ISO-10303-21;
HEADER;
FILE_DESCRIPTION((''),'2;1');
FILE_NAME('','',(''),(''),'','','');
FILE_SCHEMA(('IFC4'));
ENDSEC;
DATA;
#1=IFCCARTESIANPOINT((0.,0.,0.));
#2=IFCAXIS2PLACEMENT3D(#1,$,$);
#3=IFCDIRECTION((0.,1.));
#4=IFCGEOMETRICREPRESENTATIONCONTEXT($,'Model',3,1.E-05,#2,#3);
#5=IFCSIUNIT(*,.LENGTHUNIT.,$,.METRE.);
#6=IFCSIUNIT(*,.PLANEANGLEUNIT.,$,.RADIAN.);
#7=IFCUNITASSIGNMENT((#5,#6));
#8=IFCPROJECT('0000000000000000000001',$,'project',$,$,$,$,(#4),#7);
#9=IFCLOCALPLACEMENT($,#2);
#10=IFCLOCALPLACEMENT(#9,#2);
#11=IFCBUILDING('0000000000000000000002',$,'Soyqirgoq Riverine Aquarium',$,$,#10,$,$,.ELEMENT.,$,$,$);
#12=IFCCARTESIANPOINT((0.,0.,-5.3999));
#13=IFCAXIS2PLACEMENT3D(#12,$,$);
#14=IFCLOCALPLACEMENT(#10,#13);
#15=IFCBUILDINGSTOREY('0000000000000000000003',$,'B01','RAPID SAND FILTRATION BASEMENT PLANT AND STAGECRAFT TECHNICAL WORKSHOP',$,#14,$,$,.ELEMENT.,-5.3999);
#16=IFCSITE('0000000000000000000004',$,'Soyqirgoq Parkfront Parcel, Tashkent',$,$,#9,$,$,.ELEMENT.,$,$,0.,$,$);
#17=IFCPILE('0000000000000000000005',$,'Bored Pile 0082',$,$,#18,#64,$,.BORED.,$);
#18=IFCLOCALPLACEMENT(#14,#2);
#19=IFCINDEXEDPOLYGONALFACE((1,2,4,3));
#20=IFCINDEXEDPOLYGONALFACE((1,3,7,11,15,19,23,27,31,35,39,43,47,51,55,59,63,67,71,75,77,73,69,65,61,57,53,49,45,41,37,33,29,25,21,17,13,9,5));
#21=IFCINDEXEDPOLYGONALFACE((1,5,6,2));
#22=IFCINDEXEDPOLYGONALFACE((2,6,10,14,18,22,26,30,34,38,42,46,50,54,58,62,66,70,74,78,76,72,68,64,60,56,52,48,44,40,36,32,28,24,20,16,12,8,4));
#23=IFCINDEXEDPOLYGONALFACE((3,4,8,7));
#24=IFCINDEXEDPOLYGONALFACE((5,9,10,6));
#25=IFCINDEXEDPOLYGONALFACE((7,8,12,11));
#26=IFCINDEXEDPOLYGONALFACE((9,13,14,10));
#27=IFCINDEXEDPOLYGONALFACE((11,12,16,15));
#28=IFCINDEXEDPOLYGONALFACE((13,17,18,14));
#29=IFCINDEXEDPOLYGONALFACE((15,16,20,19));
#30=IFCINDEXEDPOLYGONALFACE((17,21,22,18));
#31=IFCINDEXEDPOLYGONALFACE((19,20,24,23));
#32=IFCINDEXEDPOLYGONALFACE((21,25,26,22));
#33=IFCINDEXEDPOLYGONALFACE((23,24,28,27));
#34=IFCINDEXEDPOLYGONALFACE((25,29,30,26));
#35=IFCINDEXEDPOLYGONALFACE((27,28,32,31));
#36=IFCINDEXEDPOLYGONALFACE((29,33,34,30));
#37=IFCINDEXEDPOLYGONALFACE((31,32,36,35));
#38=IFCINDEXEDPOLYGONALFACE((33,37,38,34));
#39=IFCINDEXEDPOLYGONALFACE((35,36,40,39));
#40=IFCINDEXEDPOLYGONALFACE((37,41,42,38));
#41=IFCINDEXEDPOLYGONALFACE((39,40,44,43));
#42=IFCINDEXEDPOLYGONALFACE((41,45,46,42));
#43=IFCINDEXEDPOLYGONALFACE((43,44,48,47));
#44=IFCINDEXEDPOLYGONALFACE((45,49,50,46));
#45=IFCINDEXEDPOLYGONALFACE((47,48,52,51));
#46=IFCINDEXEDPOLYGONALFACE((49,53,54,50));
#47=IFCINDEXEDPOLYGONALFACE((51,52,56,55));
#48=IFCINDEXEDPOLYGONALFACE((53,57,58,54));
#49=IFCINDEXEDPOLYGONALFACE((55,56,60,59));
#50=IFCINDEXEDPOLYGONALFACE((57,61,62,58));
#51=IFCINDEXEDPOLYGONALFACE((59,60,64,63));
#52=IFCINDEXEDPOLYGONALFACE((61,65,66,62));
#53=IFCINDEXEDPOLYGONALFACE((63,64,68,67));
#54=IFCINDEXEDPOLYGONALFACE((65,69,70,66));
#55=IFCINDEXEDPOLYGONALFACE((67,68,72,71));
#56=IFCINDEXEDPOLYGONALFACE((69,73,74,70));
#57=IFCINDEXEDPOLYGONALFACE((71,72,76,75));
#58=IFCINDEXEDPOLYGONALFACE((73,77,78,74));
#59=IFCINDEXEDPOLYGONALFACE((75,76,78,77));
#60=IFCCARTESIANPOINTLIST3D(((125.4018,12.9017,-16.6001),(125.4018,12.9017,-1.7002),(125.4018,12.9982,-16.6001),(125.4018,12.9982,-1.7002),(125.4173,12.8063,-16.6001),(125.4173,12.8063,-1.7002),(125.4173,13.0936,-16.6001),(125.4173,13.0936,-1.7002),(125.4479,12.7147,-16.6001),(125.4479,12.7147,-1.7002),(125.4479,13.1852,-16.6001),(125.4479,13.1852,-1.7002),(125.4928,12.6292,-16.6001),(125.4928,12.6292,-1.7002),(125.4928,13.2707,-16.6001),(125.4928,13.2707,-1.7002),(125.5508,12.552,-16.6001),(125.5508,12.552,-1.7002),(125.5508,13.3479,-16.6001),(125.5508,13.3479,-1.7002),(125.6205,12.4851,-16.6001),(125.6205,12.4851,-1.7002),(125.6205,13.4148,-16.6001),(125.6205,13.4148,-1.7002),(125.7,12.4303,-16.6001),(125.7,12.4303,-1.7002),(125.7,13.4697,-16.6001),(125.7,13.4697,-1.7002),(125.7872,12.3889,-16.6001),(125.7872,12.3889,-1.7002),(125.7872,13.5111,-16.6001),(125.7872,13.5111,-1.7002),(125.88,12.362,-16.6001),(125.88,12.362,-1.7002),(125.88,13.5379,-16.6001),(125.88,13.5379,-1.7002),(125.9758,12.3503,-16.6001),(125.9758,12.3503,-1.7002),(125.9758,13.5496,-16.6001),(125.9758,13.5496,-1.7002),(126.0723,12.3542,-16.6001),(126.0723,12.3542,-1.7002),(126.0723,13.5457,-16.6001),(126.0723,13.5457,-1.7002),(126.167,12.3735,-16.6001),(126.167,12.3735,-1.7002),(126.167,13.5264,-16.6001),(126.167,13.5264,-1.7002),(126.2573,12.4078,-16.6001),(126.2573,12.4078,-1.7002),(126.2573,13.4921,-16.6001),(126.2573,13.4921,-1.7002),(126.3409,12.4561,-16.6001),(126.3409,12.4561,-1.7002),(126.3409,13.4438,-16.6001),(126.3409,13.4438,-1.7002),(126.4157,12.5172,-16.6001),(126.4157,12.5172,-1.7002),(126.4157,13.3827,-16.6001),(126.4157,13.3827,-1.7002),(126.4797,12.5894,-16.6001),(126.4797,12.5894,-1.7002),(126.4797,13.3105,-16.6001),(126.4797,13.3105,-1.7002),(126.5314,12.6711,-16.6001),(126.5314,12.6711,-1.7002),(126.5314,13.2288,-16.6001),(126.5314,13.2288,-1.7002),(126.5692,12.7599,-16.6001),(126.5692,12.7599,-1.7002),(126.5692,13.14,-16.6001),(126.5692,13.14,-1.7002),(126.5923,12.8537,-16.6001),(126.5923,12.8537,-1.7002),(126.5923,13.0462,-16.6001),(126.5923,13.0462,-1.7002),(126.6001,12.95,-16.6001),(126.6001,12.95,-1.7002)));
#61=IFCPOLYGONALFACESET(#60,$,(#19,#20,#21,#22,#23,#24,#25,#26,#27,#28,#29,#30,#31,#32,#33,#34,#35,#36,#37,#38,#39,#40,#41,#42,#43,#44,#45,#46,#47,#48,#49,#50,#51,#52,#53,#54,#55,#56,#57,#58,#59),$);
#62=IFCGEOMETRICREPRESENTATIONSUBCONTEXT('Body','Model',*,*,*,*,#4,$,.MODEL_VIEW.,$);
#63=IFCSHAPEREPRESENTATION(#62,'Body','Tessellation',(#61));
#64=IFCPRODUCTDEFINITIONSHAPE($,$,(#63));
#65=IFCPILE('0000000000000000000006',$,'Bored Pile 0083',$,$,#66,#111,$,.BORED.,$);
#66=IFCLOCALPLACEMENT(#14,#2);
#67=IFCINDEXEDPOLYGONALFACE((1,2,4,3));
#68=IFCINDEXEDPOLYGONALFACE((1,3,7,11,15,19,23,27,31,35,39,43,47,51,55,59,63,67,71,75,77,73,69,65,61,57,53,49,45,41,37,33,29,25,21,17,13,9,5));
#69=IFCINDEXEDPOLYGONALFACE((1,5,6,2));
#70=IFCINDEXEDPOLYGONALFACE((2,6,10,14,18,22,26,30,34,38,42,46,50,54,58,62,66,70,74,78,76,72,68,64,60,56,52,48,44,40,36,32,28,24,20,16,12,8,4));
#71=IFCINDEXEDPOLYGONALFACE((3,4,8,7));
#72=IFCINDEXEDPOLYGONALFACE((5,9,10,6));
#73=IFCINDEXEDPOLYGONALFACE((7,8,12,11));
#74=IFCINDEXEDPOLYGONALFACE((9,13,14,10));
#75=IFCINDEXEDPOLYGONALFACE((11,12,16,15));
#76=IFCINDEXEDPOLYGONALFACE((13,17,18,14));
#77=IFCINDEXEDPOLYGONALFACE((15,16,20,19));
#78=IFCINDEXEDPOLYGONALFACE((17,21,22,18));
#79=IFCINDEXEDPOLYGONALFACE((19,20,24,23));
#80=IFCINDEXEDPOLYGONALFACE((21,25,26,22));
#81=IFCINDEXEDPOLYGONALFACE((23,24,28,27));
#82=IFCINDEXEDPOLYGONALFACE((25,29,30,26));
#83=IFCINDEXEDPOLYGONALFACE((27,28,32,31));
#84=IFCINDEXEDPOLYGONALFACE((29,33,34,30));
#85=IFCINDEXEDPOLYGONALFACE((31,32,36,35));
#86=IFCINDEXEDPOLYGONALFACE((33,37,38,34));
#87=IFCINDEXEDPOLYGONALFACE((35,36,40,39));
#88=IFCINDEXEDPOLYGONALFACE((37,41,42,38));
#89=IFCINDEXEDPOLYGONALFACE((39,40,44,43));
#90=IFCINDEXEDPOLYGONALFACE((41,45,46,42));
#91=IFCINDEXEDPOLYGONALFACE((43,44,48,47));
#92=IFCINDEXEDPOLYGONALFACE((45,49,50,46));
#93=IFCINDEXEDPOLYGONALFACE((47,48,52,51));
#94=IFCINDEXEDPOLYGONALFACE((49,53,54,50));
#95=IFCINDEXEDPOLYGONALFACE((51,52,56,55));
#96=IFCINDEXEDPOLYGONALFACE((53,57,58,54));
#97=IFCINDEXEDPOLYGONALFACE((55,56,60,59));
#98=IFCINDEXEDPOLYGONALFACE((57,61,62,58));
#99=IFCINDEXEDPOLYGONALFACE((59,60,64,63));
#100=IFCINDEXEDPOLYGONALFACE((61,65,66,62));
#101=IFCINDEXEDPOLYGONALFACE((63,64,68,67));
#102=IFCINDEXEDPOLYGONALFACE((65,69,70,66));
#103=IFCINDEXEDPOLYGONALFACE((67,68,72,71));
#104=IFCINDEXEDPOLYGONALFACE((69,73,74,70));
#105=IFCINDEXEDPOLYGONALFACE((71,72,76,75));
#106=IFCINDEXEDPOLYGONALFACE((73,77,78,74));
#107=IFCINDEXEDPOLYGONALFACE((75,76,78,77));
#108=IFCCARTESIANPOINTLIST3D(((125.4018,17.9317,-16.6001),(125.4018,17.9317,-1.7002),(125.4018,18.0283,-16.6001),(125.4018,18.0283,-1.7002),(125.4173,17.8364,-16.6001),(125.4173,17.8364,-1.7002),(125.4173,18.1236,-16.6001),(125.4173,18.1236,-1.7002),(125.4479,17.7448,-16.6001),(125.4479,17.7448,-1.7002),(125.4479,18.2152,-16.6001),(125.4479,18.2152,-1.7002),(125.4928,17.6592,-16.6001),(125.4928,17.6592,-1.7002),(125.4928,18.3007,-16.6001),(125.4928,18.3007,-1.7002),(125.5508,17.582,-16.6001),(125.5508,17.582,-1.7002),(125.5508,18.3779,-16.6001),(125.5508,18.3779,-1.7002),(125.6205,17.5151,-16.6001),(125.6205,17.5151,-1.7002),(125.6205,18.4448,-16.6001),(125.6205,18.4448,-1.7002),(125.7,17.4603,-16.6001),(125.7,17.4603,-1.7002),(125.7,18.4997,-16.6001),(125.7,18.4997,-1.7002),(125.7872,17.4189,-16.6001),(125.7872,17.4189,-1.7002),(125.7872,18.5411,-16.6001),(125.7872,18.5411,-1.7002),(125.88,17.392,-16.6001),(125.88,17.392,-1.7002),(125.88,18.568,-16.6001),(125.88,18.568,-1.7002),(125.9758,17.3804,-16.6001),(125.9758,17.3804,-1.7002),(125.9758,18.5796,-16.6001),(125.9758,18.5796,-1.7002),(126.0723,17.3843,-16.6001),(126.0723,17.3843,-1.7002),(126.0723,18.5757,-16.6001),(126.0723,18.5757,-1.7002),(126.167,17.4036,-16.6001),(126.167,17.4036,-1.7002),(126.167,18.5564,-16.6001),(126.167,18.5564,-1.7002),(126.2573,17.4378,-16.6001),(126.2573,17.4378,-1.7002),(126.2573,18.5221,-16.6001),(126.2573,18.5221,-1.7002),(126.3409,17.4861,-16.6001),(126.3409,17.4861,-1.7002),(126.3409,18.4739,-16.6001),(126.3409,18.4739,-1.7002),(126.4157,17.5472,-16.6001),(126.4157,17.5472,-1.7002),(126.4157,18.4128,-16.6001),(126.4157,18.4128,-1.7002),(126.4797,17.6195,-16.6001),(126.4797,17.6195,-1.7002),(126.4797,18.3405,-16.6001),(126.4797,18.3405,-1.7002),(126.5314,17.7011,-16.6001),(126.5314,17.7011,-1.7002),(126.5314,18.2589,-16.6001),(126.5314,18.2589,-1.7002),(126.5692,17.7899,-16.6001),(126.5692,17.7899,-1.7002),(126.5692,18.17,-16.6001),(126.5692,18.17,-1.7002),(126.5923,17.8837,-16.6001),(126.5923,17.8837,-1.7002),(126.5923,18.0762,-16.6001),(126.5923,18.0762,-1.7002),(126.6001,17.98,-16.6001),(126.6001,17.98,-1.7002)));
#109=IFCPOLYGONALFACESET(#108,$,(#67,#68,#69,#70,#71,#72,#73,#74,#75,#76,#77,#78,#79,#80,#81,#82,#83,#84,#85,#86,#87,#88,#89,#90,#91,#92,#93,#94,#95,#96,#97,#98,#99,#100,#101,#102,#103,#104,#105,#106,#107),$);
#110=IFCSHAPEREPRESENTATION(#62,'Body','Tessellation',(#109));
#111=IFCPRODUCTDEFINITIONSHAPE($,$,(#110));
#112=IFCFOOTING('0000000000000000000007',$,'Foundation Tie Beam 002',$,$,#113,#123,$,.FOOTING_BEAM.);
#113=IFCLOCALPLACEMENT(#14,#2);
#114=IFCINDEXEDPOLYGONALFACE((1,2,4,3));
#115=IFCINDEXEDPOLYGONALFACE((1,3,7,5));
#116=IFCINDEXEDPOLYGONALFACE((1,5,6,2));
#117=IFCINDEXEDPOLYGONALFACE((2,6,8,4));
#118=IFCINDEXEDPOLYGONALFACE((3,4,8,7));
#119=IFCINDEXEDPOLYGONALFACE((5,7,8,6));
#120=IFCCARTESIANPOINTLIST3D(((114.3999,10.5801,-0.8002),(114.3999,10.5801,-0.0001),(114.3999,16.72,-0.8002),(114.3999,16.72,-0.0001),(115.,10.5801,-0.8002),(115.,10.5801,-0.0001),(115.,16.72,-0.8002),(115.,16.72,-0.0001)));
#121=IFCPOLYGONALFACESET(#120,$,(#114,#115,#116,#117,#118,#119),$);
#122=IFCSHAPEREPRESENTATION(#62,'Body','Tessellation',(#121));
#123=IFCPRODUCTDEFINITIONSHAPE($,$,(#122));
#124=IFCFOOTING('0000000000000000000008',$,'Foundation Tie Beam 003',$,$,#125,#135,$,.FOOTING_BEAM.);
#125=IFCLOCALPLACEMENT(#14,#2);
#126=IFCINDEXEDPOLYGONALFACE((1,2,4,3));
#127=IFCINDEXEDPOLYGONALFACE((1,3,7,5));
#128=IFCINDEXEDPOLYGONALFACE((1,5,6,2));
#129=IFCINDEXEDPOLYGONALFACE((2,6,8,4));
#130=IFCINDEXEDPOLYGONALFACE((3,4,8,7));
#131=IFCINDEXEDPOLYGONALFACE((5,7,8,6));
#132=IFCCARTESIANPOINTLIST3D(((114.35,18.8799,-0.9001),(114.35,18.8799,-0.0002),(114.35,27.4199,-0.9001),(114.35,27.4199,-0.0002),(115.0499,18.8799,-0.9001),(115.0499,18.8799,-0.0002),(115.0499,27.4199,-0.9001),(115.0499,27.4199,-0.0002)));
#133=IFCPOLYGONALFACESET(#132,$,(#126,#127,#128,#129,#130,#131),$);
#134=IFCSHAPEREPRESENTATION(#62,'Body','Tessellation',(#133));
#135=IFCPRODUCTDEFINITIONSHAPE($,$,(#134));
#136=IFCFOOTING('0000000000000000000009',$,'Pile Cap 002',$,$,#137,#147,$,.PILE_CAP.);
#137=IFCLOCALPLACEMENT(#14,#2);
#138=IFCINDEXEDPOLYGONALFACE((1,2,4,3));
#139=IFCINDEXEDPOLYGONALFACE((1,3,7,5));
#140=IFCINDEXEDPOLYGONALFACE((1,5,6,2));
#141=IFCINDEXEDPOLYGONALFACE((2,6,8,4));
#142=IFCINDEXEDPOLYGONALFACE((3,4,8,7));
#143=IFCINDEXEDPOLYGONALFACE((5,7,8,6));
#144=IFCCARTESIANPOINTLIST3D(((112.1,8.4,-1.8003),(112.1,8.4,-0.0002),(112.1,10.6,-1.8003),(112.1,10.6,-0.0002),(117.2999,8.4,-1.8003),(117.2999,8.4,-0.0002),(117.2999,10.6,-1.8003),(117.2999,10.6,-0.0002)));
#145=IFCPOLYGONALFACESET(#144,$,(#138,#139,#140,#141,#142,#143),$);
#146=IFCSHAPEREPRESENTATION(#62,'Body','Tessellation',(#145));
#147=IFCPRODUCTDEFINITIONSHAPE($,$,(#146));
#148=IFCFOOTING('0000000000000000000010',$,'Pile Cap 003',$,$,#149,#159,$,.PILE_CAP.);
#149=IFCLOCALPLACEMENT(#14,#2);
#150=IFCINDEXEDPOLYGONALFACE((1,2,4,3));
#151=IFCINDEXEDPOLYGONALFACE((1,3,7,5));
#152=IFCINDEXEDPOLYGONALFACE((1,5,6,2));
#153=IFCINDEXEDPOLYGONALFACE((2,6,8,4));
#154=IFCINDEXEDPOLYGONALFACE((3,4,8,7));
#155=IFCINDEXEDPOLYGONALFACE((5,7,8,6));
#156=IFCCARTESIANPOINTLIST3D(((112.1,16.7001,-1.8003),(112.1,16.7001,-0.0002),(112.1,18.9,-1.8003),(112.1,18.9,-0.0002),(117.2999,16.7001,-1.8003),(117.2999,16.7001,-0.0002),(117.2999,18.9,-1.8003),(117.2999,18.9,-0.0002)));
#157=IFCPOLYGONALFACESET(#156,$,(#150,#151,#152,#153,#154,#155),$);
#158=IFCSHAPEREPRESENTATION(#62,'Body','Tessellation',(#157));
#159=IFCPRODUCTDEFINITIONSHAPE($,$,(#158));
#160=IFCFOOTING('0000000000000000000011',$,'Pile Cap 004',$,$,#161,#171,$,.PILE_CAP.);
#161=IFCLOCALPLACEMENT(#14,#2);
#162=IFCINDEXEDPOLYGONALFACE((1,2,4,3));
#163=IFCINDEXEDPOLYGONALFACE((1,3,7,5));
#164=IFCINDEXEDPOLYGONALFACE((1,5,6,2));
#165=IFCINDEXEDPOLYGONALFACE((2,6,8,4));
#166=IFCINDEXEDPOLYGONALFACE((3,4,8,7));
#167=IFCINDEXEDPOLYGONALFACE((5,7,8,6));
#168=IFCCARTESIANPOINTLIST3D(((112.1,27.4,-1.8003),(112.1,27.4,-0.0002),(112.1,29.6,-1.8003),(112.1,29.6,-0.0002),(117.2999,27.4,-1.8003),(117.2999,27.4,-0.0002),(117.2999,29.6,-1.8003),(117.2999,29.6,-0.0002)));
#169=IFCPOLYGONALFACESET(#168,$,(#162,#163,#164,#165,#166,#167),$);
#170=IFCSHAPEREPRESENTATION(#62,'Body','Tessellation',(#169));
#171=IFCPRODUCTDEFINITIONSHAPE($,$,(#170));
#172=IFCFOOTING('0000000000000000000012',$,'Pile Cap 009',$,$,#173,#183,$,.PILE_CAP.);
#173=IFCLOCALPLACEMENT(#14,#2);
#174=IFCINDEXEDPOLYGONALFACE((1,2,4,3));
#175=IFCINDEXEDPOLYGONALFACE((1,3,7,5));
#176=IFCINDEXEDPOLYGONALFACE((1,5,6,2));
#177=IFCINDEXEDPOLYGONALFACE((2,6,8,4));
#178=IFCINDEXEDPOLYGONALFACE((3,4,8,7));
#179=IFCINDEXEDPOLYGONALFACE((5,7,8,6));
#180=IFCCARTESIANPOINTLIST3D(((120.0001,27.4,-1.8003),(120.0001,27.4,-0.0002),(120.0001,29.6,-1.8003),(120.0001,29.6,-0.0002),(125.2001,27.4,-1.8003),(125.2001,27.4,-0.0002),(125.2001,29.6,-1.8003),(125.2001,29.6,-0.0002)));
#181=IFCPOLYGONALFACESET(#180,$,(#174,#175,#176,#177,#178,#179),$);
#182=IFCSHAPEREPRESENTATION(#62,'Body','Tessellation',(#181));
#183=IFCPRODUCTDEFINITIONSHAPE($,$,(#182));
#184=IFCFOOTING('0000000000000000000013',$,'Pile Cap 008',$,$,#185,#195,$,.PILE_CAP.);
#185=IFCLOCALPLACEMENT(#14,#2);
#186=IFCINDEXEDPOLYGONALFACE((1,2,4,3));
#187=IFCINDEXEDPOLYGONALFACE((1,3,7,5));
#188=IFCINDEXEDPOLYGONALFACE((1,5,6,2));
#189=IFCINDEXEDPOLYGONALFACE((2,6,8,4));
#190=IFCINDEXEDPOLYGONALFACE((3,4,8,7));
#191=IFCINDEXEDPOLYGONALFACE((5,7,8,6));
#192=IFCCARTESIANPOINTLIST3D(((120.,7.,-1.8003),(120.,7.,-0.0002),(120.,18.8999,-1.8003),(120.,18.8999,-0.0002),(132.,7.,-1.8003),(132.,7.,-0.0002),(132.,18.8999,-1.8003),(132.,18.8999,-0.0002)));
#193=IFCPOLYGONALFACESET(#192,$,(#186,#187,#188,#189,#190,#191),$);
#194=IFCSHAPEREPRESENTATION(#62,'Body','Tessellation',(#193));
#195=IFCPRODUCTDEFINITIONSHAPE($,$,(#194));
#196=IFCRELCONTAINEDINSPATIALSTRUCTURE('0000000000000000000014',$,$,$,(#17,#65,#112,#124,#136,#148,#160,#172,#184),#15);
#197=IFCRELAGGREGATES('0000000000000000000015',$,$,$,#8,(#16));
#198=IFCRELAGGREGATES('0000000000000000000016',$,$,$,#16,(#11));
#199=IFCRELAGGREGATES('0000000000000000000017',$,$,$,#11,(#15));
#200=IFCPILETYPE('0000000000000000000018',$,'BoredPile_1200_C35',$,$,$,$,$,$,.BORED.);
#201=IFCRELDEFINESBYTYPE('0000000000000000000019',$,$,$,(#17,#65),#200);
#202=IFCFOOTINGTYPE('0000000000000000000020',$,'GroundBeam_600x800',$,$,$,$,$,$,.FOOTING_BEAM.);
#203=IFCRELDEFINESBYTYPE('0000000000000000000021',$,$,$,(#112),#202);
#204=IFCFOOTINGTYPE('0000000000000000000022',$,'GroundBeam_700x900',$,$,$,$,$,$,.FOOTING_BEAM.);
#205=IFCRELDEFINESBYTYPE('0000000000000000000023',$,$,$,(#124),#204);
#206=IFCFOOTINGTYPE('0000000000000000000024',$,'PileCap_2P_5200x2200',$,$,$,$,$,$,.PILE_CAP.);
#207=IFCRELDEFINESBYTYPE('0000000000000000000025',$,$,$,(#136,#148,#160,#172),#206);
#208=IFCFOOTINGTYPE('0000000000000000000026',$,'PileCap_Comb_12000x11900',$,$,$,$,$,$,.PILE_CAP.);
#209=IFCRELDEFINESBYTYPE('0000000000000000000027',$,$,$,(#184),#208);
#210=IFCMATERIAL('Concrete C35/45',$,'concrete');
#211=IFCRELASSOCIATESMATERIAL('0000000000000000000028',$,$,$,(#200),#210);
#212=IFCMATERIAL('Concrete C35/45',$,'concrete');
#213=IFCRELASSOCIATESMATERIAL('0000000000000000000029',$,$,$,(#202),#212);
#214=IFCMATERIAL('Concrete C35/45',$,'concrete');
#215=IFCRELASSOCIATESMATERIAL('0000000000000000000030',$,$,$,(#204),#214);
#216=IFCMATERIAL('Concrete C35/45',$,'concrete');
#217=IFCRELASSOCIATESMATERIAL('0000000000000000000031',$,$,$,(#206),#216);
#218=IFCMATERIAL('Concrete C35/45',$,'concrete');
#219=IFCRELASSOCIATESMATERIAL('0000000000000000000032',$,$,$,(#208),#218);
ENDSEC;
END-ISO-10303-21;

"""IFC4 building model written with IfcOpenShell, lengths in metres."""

from ifc_helpers import new_model, si_unit, direction, frame, origin, origin_2d, place, context, subcontext, project, spatial, rectangle, circle, extrude, material, material_profile, profile_set, type_object, element, save


model = new_model("IFC4")

# Units and contexts
model_context = context("Model", 3, precision=1e-05, world=origin(), true_north=direction((0.0, 1.0)))
body_context = subcontext(model_context, "Body", "Model", "MODEL_VIEW")
ifc_project = project(units=[si_unit("LENGTHUNIT", "METRE"), si_unit("PLANEANGLEUNIT", "RADIAN")], contexts=[model_context])

# Site, building, storey
site_placement = place(None, origin())
site = spatial("IfcSite", under=ifc_project, at=site_placement, Name="Soyqirgoq Parkfront Parcel, Tashkent", CompositionType="ELEMENT", RefElevation=0.0)
building_placement = place(site_placement, origin())
building = spatial("IfcBuilding", under=site, at=building_placement, Name="Soyqirgoq Riverine Aquarium", CompositionType="ELEMENT")
storey_placement = place(building_placement, frame((0.0, 0.0, -5.3999)))
storey = spatial("IfcBuildingStorey", under=building, at=storey_placement, Name="B01", Description="RAPID SAND FILTRATION BASEMENT PLANT AND STAGECRAFT TECHNICAL WORKSHOP", CompositionType="ELEMENT", Elevation=-5.3999)

# Piles
ifc_material_1 = material(Name="Concrete C35/45", Category="concrete")
ifc_material_profile_1 = material_profile(ifc_material_1, circle(Radius=0.6001, at=origin_2d()), Name="BP D1200")
ifc_profile_set_1 = profile_set([ifc_material_profile_1], Name="Concrete C35/45")
pile_type_1 = type_object("IfcPileType", Name="BoredPile_1200_C35", PredefinedType="BORED", material=ifc_profile_set_1)
for number, where, z_axis, x_axis, name in (
    (1, (126.0, 12.95, -1.7002), (0.0, 0.0, -1.0), (1.0, 0.0, 0.0), "Bored Pile 0082"),
    (2, (126.0, 17.98, -1.7002), (0.0, 0.0, -1.0), (1.0, 0.0, 0.0), "Bored Pile 0083"),
):
    element("IfcPile", number, at=place(storey_placement, frame(where, z_axis=z_axis, x_axis=x_axis)), inside=storey, type_object=pile_type_1, Name=name, PredefinedType="BORED", context=body_context, shape_type="SweptSolid", body=[
        extrude(circle(Radius=0.6001, at=origin_2d()), origin(), (0.0, 0.0, 1.0), 14.8999),
    ])

# Footings
ifc_material_2 = material(Name="Concrete C35/45", Category="concrete")
ifc_material_profile_2 = material_profile(ifc_material_2, rectangle(XDim=0.6001, YDim=0.8, at=origin_2d()), Name="RC 600x800")
ifc_profile_set_2 = profile_set([ifc_material_profile_2], Name="Concrete C35/45")
footing_type_1 = type_object("IfcFootingType", Name="GroundBeam_600x800", PredefinedType="FOOTING_BEAM", material=ifc_profile_set_2)
footing_1_placement = place(storey_placement, frame((114.7, 10.5801, -0.4001), z_axis=(0.0, 1.0, 0.0), x_axis=(-1.0, 0.0, 0.0)))
element("IfcFooting", 3, at=footing_1_placement, inside=storey, type_object=footing_type_1, Name="Foundation Tie Beam 002", PredefinedType="FOOTING_BEAM", context=body_context, shape_type="SweptSolid", body=[
    extrude(rectangle(XDim=0.6001, YDim=0.8, at=origin_2d()), origin(), (0.0, 0.0, 1.0), 6.1399),
])
ifc_material_3 = material(Name="Concrete C35/45", Category="concrete")
ifc_material_profile_3 = material_profile(ifc_material_3, rectangle(XDim=0.7, YDim=0.8999, at=origin_2d()), Name="RC 700x900")
ifc_profile_set_3 = profile_set([ifc_material_profile_3], Name="Concrete C35/45")
footing_type_2 = type_object("IfcFootingType", Name="GroundBeam_700x900", PredefinedType="FOOTING_BEAM", material=ifc_profile_set_3)
footing_2_placement = place(storey_placement, frame((114.7, 18.8799, -0.4502), z_axis=(0.0, 1.0, 0.0), x_axis=(-1.0, 0.0, 0.0)))
element("IfcFooting", 4, at=footing_2_placement, inside=storey, type_object=footing_type_2, Name="Foundation Tie Beam 003", PredefinedType="FOOTING_BEAM", context=body_context, shape_type="SweptSolid", body=[
    extrude(rectangle(XDim=0.7, YDim=0.8999, at=origin_2d()), origin(), (0.0, 0.0, 1.0), 8.54),
])
ifc_material_4 = material(Name="Concrete C35/45", Category="concrete")
footing_type_3 = type_object("IfcFootingType", Name="PileCap_2P_5200x2200", PredefinedType="PILE_CAP", material=ifc_material_4)
for number, where, z_axis, x_axis, name in (
    (5, (114.7, 9.5, -1.8003), (0.0, 0.0, 1.0), (1.0, 0.0, 0.0), "Pile Cap 002"),
    (6, (114.7, 17.8, -1.8003), (0.0, 0.0, 1.0), (1.0, 0.0, 0.0), "Pile Cap 003"),
    (7, (114.7, 28.5, -1.8003), (0.0, 0.0, 1.0), (1.0, 0.0, 0.0), "Pile Cap 004"),
    (8, (122.6001, 28.5, -1.8003), (0.0, 0.0, 1.0), (1.0, 0.0, 0.0), "Pile Cap 009"),
):
    element("IfcFooting", number, at=place(storey_placement, frame(where, z_axis=z_axis, x_axis=x_axis)), inside=storey, type_object=footing_type_3, Name=name, PredefinedType="PILE_CAP", context=body_context, shape_type="SweptSolid", body=[
        extrude(rectangle(XDim=5.2, YDim=2.2, at=origin_2d()), origin(), (0.0, 0.0, 1.0), 1.8),
    ])
ifc_material_5 = material(Name="Concrete C35/45", Category="concrete")
footing_type_4 = type_object("IfcFootingType", Name="PileCap_Comb_12000x11900", PredefinedType="PILE_CAP", material=ifc_material_5)
footing_3_placement = place(storey_placement, frame((126.0, 12.95, -1.8003), z_axis=(0.0, 0.0, 1.0), x_axis=(1.0, 0.0, 0.0)))
element("IfcFooting", 9, at=footing_3_placement, inside=storey, type_object=footing_type_4, Name="Pile Cap 008", PredefinedType="PILE_CAP", context=body_context, shape_type="SweptSolid", body=[
    extrude(rectangle(XDim=12.0, YDim=11.8999, at=origin_2d()), origin(), (0.0, 0.0, 1.0), 1.8),
])

save(model, "model.ifc")
